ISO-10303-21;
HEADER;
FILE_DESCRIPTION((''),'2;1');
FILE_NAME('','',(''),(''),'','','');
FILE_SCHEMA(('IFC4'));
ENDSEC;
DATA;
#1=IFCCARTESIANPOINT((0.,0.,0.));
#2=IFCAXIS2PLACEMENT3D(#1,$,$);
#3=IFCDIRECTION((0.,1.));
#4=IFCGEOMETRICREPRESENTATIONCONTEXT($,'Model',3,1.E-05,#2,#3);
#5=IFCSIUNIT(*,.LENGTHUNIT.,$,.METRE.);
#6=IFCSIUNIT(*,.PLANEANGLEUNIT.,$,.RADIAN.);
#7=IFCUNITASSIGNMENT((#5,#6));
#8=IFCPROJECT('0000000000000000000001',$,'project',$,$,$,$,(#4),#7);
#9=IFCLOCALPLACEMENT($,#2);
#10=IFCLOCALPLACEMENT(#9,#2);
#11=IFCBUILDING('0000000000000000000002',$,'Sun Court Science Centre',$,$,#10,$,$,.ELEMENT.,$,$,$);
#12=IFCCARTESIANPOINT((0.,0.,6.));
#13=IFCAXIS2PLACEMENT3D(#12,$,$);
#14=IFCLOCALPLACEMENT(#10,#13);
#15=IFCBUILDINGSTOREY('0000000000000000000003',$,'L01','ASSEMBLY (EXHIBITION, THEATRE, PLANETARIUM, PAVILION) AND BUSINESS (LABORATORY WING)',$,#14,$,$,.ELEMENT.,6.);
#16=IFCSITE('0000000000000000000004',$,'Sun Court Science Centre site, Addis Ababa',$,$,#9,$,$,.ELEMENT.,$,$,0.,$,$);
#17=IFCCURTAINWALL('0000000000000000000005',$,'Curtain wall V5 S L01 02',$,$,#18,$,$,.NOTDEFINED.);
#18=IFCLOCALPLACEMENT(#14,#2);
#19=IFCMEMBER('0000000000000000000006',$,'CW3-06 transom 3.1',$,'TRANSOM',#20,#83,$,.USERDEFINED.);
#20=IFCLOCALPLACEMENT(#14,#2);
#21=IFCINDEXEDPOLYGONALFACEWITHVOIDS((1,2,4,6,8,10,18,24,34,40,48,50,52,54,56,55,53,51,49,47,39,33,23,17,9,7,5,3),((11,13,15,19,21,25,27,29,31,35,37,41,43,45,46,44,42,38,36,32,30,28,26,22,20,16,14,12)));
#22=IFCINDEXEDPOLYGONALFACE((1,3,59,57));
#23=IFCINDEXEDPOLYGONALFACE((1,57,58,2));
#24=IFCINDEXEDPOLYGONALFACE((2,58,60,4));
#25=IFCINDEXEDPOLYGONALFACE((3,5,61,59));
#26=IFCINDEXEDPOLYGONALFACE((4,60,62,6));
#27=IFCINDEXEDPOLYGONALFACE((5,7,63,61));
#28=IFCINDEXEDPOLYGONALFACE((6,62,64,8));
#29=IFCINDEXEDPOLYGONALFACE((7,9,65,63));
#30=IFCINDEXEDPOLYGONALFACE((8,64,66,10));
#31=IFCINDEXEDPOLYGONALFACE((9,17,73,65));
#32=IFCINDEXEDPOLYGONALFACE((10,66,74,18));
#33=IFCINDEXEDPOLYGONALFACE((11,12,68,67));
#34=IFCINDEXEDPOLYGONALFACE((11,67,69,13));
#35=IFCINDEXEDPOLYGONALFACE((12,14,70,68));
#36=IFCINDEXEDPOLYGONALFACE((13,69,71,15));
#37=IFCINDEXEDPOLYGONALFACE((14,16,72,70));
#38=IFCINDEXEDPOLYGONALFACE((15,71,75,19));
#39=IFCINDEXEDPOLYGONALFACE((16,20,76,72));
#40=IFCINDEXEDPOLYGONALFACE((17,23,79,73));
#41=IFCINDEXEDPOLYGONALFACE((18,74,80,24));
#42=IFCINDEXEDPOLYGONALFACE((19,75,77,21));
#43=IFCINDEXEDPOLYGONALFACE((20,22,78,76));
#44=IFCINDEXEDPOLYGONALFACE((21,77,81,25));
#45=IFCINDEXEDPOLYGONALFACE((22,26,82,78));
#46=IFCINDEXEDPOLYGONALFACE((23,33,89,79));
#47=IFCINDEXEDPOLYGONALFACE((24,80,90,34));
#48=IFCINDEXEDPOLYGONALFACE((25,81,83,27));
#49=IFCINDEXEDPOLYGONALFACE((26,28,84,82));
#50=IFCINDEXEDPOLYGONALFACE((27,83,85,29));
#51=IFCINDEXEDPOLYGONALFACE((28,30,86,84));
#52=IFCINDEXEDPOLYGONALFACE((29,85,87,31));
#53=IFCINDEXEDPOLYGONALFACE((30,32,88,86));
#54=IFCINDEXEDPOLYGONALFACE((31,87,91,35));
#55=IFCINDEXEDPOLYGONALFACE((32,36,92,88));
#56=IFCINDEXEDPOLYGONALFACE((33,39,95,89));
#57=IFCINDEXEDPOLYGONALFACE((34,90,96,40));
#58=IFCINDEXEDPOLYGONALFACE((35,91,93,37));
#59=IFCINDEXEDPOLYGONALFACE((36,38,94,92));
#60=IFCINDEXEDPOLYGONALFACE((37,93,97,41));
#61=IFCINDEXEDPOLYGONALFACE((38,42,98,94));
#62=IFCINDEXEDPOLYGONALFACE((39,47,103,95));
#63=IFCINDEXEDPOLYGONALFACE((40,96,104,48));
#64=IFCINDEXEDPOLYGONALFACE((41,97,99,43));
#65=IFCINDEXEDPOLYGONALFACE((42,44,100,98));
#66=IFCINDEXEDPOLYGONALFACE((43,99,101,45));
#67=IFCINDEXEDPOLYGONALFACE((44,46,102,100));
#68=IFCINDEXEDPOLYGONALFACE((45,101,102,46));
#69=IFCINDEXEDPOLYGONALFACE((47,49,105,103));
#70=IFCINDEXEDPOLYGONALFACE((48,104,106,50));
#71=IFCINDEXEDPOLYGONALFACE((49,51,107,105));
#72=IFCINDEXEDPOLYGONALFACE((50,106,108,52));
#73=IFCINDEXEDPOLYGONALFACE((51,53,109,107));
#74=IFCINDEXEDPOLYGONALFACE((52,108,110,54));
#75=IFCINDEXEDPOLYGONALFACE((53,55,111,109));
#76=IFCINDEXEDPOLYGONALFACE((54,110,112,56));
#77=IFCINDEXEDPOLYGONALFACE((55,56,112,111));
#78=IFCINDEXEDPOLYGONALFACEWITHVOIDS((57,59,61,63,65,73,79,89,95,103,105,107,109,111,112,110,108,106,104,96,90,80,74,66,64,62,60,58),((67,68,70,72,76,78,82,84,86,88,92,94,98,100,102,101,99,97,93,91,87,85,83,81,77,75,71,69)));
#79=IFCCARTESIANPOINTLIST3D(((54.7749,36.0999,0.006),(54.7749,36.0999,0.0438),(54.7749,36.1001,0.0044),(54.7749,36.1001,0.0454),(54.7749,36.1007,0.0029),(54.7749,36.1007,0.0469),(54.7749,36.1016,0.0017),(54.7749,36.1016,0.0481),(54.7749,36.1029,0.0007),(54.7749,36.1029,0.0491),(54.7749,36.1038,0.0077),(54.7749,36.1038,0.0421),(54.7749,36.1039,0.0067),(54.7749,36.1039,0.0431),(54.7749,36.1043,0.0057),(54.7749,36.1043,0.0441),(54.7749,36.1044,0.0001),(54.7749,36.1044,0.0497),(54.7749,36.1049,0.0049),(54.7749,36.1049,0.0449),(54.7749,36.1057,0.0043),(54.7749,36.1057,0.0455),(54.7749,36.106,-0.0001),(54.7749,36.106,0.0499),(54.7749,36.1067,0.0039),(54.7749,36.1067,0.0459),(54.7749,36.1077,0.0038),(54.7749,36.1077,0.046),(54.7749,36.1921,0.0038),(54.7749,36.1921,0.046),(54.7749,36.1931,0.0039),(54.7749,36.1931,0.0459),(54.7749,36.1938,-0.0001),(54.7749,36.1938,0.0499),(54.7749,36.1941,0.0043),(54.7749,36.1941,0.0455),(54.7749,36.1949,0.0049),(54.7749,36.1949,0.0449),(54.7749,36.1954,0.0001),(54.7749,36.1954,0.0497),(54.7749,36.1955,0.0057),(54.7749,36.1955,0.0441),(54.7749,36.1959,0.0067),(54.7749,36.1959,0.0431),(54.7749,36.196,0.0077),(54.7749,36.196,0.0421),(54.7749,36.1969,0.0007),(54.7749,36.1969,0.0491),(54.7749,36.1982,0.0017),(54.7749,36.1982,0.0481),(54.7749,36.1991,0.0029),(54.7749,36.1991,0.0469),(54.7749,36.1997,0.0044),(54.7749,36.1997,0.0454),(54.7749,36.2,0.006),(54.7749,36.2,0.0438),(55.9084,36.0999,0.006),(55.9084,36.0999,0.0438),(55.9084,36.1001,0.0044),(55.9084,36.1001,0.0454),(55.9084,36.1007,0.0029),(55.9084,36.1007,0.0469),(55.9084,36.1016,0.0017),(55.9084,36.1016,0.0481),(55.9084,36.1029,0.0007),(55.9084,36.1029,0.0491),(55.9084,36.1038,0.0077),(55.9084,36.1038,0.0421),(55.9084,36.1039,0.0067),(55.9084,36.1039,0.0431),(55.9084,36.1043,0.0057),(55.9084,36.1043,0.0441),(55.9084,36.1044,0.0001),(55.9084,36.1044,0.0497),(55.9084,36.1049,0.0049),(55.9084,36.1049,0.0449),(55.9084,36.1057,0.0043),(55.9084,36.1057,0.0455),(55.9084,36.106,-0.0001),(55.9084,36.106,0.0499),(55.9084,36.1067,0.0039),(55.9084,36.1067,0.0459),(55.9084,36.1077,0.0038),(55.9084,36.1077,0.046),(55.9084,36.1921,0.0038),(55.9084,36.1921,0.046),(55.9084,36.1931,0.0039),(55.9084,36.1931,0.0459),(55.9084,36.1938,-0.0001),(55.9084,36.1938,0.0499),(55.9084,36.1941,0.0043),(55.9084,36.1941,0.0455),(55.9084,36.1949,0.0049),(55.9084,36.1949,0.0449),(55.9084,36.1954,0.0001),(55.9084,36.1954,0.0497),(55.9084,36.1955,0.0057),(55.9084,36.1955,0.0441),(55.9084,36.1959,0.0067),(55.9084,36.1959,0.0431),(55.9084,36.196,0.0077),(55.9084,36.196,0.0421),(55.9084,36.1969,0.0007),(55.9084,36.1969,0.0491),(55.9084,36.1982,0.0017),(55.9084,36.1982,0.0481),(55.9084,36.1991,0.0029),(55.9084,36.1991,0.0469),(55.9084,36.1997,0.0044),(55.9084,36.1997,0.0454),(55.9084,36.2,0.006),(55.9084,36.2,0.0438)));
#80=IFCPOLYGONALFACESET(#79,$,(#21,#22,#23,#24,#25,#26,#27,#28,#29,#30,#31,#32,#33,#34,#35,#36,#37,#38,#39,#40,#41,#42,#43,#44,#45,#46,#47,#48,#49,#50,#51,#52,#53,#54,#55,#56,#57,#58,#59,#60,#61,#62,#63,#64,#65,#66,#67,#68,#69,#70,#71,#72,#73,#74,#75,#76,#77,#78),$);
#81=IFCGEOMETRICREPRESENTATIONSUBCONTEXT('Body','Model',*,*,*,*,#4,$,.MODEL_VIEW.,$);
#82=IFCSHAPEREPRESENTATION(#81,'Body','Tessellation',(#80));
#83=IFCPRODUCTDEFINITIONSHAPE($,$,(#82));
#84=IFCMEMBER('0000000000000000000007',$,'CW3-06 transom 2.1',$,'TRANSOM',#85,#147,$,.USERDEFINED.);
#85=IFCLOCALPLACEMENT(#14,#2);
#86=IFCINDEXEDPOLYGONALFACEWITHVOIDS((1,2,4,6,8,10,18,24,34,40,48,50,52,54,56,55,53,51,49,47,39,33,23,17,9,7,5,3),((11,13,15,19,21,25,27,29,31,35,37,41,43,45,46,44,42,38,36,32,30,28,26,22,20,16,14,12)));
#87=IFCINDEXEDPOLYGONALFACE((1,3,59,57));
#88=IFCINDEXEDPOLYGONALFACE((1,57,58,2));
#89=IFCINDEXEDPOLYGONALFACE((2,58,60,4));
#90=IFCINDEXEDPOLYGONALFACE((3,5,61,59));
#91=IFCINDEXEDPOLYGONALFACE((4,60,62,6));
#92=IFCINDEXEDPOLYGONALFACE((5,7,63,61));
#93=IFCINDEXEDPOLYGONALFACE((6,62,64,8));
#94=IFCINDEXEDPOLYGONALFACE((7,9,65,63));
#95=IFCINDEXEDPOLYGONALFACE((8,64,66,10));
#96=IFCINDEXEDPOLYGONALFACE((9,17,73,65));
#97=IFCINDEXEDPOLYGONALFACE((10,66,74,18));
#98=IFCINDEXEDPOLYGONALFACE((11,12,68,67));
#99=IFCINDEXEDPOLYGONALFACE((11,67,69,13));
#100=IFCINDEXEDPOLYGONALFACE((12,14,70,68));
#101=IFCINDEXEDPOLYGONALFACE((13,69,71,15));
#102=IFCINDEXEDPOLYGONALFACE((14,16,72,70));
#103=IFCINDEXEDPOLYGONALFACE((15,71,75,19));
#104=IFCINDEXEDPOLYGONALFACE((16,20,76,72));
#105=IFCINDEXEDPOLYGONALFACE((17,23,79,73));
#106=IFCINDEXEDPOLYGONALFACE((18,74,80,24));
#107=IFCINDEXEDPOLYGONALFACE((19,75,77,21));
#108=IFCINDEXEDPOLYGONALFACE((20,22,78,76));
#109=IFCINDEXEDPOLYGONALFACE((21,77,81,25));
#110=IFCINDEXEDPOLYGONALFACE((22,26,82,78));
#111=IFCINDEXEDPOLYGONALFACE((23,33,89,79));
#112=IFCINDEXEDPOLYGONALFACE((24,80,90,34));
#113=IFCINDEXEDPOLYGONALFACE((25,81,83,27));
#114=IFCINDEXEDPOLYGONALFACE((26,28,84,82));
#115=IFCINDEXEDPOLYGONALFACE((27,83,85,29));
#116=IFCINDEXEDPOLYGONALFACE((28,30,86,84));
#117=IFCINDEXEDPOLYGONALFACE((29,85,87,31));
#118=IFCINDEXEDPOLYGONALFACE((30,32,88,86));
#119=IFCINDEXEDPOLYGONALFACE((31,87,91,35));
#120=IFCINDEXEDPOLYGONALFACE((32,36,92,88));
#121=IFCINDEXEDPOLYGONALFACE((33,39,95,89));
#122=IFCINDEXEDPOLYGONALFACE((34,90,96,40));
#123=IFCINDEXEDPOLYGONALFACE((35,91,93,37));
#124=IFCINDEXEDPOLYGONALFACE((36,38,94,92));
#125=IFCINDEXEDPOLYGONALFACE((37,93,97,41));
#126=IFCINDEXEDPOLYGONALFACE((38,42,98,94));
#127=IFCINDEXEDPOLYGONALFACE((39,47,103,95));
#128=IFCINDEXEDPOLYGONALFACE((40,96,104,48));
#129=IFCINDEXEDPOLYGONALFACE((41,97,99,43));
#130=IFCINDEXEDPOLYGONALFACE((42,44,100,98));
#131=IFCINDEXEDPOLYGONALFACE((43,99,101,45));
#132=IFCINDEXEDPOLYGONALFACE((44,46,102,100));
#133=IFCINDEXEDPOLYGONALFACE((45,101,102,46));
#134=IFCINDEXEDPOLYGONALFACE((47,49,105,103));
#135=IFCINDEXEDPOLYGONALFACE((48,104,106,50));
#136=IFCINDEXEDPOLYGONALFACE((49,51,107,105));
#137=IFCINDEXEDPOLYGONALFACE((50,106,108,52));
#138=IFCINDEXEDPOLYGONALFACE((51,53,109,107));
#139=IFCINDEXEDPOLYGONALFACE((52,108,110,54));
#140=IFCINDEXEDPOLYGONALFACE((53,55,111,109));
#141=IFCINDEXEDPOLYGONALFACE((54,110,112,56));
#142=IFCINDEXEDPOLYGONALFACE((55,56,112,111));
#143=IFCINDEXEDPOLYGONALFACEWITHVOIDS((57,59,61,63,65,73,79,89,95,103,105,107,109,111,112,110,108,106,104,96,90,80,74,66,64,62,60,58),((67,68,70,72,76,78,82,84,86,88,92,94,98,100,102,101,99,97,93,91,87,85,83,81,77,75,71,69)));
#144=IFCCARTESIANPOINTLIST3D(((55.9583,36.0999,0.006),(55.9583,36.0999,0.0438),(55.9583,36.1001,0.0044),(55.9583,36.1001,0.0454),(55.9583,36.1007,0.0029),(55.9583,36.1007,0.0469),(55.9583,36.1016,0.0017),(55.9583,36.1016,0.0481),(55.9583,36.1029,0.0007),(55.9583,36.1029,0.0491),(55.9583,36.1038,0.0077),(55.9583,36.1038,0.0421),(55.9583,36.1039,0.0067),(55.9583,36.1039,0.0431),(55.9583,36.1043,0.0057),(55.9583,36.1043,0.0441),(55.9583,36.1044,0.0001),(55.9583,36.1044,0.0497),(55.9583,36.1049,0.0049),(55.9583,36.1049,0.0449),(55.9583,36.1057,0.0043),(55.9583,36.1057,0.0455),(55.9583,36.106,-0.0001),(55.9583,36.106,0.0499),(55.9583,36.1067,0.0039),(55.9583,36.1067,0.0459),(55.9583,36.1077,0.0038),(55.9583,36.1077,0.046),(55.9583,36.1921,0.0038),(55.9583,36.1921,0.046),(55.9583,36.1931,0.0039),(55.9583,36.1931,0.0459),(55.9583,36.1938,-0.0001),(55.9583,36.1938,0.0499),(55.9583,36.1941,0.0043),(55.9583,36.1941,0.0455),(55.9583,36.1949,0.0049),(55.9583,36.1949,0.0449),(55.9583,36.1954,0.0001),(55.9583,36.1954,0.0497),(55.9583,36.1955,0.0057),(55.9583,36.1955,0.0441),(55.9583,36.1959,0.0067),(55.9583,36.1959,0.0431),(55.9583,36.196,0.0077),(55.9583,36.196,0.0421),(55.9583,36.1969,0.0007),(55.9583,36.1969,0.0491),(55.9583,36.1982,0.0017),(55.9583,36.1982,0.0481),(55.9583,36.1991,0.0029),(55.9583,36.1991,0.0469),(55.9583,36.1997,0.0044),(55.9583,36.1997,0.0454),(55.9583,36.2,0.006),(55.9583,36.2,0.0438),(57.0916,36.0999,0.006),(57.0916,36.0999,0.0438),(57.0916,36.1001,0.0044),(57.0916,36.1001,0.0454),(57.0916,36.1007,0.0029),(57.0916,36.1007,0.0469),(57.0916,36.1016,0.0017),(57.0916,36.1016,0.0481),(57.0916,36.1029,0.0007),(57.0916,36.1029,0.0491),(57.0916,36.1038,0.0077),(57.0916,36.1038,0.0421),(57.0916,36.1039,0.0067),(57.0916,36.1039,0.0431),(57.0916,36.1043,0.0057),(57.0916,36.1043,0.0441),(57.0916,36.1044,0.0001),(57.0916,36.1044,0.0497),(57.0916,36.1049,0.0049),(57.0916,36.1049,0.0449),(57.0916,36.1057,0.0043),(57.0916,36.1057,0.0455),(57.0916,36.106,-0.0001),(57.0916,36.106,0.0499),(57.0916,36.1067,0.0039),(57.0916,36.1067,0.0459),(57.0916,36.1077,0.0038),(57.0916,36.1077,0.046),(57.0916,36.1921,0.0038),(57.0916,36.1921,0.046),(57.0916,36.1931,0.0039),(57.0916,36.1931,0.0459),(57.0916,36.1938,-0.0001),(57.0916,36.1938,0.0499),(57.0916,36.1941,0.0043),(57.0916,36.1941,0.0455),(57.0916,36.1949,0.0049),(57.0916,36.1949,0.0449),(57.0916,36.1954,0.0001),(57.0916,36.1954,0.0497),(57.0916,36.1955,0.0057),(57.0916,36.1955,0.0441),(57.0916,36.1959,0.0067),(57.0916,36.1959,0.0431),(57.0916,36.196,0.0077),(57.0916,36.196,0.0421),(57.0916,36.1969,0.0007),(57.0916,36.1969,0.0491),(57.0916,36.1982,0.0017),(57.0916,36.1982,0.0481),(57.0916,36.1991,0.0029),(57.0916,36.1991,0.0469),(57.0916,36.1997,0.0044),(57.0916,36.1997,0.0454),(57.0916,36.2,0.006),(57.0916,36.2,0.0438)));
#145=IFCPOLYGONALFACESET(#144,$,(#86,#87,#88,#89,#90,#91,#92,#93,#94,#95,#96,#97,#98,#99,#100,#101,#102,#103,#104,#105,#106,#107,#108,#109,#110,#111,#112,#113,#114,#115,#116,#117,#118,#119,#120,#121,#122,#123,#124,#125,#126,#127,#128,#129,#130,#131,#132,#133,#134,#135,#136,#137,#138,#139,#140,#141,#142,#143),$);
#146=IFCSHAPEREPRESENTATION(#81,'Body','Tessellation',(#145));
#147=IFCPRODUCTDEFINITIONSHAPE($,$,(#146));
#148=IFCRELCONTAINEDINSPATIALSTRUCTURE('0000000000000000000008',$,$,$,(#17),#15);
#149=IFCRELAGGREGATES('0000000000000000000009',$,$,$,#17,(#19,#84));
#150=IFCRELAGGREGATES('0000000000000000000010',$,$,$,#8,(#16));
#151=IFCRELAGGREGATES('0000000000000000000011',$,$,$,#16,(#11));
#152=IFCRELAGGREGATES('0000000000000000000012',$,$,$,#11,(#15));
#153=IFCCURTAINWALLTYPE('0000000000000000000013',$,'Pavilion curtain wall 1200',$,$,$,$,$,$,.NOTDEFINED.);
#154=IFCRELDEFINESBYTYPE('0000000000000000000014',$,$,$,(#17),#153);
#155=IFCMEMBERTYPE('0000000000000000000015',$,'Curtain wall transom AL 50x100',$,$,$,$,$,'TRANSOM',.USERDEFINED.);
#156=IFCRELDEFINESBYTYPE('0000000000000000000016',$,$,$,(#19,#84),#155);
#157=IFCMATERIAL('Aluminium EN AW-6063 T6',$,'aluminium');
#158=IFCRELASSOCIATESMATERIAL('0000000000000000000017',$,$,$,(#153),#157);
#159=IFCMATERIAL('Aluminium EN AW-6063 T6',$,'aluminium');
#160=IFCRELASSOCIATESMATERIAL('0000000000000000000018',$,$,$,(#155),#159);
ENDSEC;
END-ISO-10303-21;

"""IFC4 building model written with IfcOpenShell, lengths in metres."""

from ifc_helpers import new_model, si_unit, direction, frame, origin, origin_2d, place, context, subcontext, project, spatial, hollow_rectangle, extrude, material, material_profile, profile_set, type_object, element, aggregate, save


model = new_model("IFC4")

# Units and contexts
model_context = context("Model", 3, precision=1e-05, world=origin(), true_north=direction((0.0, 1.0)))
body_context = subcontext(model_context, "Body", "Model", "MODEL_VIEW")
ifc_project = project(units=[si_unit("LENGTHUNIT", "METRE"), si_unit("PLANEANGLEUNIT", "RADIAN")], contexts=[model_context])

# Site, building, storey
site_placement = place(None, origin())
site = spatial("IfcSite", under=ifc_project, at=site_placement, Name="Sun Court Science Centre site, Addis Ababa", CompositionType="ELEMENT", RefElevation=0.0)
building_placement = place(site_placement, origin())
building = spatial("IfcBuilding", under=site, at=building_placement, Name="Sun Court Science Centre", CompositionType="ELEMENT")
storey_placement = place(building_placement, frame((0.0, 0.0, 6.0)))
storey = spatial("IfcBuildingStorey", under=building, at=storey_placement, Name="L01", Description="ASSEMBLY (EXHIBITION, THEATRE, PLANETARIUM, PAVILION) AND BUSINESS (LABORATORY WING)", CompositionType="ELEMENT", Elevation=6.0)

# Curtain wall, members
ifc_material_1 = material(Name="Aluminium EN AW-6063 T6", Category="aluminium")
curtain_wall_type_1 = type_object("IfcCurtainWallType", Name="Pavilion curtain wall 1200", PredefinedType="NOTDEFINED", material=ifc_material_1)
curtain_wall_1_placement = place(storey_placement, origin())
curtain_wall_1 = element("IfcCurtainWall", 1, at=curtain_wall_1_placement, inside=storey, type_object=curtain_wall_type_1, Name="Curtain wall V5 S L01 02", PredefinedType="NOTDEFINED")
ifc_material_2 = material(Name="Aluminium EN AW-6063 T6", Category="aluminium")
ifc_material_profile_1 = material_profile(ifc_material_2, hollow_rectangle(XDim=0.05, YDim=0.1001, WallThickness=0.0039, InnerFilletRadius=0.0039, OuterFilletRadius=0.0061, at=origin_2d()), Name="AL 50x100x4")
ifc_profile_set_1 = profile_set([ifc_material_profile_1], Name="Aluminium EN AW-6063 T6")
member_type_1 = type_object("IfcMemberType", Name="Curtain wall transom AL 50x100", ElementType="TRANSOM", PredefinedType="USERDEFINED", material=ifc_profile_set_1)
member_1_placement = place(storey_placement, frame((55.9084, 36.1499, 0.0249), z_axis=(-1.0, 0.0, 0.0), x_axis=(0.0, 0.0, 1.0)))
member_1 = element("IfcMember", 2, at=member_1_placement, type_object=member_type_1, Name="CW3-06 transom 3.1", ObjectType="TRANSOM", PredefinedType="USERDEFINED", context=body_context, shape_type="SweptSolid", body=[
    extrude(hollow_rectangle(XDim=0.05, YDim=0.1001, WallThickness=0.0039, InnerFilletRadius=0.0039, OuterFilletRadius=0.0061, at=origin_2d()), origin(), (0.0, 0.0, 1.0), 1.1335),
])
member_2_placement = place(storey_placement, frame((57.0916, 36.1499, 0.0249), z_axis=(-1.0, 0.0, 0.0), x_axis=(0.0, 0.0, 1.0)))
member_2 = element("IfcMember", 3, at=member_2_placement, type_object=member_type_1, Name="CW3-06 transom 2.1", ObjectType="TRANSOM", PredefinedType="USERDEFINED", context=body_context, shape_type="SweptSolid", body=[
    extrude(hollow_rectangle(XDim=0.05, YDim=0.1001, WallThickness=0.0039, InnerFilletRadius=0.0039, OuterFilletRadius=0.0061, at=origin_2d()), origin(), (0.0, 0.0, 1.0), 1.1333),
])

aggregate(curtain_wall_1, [member_1, member_2])

save(model, "model.ifc")
